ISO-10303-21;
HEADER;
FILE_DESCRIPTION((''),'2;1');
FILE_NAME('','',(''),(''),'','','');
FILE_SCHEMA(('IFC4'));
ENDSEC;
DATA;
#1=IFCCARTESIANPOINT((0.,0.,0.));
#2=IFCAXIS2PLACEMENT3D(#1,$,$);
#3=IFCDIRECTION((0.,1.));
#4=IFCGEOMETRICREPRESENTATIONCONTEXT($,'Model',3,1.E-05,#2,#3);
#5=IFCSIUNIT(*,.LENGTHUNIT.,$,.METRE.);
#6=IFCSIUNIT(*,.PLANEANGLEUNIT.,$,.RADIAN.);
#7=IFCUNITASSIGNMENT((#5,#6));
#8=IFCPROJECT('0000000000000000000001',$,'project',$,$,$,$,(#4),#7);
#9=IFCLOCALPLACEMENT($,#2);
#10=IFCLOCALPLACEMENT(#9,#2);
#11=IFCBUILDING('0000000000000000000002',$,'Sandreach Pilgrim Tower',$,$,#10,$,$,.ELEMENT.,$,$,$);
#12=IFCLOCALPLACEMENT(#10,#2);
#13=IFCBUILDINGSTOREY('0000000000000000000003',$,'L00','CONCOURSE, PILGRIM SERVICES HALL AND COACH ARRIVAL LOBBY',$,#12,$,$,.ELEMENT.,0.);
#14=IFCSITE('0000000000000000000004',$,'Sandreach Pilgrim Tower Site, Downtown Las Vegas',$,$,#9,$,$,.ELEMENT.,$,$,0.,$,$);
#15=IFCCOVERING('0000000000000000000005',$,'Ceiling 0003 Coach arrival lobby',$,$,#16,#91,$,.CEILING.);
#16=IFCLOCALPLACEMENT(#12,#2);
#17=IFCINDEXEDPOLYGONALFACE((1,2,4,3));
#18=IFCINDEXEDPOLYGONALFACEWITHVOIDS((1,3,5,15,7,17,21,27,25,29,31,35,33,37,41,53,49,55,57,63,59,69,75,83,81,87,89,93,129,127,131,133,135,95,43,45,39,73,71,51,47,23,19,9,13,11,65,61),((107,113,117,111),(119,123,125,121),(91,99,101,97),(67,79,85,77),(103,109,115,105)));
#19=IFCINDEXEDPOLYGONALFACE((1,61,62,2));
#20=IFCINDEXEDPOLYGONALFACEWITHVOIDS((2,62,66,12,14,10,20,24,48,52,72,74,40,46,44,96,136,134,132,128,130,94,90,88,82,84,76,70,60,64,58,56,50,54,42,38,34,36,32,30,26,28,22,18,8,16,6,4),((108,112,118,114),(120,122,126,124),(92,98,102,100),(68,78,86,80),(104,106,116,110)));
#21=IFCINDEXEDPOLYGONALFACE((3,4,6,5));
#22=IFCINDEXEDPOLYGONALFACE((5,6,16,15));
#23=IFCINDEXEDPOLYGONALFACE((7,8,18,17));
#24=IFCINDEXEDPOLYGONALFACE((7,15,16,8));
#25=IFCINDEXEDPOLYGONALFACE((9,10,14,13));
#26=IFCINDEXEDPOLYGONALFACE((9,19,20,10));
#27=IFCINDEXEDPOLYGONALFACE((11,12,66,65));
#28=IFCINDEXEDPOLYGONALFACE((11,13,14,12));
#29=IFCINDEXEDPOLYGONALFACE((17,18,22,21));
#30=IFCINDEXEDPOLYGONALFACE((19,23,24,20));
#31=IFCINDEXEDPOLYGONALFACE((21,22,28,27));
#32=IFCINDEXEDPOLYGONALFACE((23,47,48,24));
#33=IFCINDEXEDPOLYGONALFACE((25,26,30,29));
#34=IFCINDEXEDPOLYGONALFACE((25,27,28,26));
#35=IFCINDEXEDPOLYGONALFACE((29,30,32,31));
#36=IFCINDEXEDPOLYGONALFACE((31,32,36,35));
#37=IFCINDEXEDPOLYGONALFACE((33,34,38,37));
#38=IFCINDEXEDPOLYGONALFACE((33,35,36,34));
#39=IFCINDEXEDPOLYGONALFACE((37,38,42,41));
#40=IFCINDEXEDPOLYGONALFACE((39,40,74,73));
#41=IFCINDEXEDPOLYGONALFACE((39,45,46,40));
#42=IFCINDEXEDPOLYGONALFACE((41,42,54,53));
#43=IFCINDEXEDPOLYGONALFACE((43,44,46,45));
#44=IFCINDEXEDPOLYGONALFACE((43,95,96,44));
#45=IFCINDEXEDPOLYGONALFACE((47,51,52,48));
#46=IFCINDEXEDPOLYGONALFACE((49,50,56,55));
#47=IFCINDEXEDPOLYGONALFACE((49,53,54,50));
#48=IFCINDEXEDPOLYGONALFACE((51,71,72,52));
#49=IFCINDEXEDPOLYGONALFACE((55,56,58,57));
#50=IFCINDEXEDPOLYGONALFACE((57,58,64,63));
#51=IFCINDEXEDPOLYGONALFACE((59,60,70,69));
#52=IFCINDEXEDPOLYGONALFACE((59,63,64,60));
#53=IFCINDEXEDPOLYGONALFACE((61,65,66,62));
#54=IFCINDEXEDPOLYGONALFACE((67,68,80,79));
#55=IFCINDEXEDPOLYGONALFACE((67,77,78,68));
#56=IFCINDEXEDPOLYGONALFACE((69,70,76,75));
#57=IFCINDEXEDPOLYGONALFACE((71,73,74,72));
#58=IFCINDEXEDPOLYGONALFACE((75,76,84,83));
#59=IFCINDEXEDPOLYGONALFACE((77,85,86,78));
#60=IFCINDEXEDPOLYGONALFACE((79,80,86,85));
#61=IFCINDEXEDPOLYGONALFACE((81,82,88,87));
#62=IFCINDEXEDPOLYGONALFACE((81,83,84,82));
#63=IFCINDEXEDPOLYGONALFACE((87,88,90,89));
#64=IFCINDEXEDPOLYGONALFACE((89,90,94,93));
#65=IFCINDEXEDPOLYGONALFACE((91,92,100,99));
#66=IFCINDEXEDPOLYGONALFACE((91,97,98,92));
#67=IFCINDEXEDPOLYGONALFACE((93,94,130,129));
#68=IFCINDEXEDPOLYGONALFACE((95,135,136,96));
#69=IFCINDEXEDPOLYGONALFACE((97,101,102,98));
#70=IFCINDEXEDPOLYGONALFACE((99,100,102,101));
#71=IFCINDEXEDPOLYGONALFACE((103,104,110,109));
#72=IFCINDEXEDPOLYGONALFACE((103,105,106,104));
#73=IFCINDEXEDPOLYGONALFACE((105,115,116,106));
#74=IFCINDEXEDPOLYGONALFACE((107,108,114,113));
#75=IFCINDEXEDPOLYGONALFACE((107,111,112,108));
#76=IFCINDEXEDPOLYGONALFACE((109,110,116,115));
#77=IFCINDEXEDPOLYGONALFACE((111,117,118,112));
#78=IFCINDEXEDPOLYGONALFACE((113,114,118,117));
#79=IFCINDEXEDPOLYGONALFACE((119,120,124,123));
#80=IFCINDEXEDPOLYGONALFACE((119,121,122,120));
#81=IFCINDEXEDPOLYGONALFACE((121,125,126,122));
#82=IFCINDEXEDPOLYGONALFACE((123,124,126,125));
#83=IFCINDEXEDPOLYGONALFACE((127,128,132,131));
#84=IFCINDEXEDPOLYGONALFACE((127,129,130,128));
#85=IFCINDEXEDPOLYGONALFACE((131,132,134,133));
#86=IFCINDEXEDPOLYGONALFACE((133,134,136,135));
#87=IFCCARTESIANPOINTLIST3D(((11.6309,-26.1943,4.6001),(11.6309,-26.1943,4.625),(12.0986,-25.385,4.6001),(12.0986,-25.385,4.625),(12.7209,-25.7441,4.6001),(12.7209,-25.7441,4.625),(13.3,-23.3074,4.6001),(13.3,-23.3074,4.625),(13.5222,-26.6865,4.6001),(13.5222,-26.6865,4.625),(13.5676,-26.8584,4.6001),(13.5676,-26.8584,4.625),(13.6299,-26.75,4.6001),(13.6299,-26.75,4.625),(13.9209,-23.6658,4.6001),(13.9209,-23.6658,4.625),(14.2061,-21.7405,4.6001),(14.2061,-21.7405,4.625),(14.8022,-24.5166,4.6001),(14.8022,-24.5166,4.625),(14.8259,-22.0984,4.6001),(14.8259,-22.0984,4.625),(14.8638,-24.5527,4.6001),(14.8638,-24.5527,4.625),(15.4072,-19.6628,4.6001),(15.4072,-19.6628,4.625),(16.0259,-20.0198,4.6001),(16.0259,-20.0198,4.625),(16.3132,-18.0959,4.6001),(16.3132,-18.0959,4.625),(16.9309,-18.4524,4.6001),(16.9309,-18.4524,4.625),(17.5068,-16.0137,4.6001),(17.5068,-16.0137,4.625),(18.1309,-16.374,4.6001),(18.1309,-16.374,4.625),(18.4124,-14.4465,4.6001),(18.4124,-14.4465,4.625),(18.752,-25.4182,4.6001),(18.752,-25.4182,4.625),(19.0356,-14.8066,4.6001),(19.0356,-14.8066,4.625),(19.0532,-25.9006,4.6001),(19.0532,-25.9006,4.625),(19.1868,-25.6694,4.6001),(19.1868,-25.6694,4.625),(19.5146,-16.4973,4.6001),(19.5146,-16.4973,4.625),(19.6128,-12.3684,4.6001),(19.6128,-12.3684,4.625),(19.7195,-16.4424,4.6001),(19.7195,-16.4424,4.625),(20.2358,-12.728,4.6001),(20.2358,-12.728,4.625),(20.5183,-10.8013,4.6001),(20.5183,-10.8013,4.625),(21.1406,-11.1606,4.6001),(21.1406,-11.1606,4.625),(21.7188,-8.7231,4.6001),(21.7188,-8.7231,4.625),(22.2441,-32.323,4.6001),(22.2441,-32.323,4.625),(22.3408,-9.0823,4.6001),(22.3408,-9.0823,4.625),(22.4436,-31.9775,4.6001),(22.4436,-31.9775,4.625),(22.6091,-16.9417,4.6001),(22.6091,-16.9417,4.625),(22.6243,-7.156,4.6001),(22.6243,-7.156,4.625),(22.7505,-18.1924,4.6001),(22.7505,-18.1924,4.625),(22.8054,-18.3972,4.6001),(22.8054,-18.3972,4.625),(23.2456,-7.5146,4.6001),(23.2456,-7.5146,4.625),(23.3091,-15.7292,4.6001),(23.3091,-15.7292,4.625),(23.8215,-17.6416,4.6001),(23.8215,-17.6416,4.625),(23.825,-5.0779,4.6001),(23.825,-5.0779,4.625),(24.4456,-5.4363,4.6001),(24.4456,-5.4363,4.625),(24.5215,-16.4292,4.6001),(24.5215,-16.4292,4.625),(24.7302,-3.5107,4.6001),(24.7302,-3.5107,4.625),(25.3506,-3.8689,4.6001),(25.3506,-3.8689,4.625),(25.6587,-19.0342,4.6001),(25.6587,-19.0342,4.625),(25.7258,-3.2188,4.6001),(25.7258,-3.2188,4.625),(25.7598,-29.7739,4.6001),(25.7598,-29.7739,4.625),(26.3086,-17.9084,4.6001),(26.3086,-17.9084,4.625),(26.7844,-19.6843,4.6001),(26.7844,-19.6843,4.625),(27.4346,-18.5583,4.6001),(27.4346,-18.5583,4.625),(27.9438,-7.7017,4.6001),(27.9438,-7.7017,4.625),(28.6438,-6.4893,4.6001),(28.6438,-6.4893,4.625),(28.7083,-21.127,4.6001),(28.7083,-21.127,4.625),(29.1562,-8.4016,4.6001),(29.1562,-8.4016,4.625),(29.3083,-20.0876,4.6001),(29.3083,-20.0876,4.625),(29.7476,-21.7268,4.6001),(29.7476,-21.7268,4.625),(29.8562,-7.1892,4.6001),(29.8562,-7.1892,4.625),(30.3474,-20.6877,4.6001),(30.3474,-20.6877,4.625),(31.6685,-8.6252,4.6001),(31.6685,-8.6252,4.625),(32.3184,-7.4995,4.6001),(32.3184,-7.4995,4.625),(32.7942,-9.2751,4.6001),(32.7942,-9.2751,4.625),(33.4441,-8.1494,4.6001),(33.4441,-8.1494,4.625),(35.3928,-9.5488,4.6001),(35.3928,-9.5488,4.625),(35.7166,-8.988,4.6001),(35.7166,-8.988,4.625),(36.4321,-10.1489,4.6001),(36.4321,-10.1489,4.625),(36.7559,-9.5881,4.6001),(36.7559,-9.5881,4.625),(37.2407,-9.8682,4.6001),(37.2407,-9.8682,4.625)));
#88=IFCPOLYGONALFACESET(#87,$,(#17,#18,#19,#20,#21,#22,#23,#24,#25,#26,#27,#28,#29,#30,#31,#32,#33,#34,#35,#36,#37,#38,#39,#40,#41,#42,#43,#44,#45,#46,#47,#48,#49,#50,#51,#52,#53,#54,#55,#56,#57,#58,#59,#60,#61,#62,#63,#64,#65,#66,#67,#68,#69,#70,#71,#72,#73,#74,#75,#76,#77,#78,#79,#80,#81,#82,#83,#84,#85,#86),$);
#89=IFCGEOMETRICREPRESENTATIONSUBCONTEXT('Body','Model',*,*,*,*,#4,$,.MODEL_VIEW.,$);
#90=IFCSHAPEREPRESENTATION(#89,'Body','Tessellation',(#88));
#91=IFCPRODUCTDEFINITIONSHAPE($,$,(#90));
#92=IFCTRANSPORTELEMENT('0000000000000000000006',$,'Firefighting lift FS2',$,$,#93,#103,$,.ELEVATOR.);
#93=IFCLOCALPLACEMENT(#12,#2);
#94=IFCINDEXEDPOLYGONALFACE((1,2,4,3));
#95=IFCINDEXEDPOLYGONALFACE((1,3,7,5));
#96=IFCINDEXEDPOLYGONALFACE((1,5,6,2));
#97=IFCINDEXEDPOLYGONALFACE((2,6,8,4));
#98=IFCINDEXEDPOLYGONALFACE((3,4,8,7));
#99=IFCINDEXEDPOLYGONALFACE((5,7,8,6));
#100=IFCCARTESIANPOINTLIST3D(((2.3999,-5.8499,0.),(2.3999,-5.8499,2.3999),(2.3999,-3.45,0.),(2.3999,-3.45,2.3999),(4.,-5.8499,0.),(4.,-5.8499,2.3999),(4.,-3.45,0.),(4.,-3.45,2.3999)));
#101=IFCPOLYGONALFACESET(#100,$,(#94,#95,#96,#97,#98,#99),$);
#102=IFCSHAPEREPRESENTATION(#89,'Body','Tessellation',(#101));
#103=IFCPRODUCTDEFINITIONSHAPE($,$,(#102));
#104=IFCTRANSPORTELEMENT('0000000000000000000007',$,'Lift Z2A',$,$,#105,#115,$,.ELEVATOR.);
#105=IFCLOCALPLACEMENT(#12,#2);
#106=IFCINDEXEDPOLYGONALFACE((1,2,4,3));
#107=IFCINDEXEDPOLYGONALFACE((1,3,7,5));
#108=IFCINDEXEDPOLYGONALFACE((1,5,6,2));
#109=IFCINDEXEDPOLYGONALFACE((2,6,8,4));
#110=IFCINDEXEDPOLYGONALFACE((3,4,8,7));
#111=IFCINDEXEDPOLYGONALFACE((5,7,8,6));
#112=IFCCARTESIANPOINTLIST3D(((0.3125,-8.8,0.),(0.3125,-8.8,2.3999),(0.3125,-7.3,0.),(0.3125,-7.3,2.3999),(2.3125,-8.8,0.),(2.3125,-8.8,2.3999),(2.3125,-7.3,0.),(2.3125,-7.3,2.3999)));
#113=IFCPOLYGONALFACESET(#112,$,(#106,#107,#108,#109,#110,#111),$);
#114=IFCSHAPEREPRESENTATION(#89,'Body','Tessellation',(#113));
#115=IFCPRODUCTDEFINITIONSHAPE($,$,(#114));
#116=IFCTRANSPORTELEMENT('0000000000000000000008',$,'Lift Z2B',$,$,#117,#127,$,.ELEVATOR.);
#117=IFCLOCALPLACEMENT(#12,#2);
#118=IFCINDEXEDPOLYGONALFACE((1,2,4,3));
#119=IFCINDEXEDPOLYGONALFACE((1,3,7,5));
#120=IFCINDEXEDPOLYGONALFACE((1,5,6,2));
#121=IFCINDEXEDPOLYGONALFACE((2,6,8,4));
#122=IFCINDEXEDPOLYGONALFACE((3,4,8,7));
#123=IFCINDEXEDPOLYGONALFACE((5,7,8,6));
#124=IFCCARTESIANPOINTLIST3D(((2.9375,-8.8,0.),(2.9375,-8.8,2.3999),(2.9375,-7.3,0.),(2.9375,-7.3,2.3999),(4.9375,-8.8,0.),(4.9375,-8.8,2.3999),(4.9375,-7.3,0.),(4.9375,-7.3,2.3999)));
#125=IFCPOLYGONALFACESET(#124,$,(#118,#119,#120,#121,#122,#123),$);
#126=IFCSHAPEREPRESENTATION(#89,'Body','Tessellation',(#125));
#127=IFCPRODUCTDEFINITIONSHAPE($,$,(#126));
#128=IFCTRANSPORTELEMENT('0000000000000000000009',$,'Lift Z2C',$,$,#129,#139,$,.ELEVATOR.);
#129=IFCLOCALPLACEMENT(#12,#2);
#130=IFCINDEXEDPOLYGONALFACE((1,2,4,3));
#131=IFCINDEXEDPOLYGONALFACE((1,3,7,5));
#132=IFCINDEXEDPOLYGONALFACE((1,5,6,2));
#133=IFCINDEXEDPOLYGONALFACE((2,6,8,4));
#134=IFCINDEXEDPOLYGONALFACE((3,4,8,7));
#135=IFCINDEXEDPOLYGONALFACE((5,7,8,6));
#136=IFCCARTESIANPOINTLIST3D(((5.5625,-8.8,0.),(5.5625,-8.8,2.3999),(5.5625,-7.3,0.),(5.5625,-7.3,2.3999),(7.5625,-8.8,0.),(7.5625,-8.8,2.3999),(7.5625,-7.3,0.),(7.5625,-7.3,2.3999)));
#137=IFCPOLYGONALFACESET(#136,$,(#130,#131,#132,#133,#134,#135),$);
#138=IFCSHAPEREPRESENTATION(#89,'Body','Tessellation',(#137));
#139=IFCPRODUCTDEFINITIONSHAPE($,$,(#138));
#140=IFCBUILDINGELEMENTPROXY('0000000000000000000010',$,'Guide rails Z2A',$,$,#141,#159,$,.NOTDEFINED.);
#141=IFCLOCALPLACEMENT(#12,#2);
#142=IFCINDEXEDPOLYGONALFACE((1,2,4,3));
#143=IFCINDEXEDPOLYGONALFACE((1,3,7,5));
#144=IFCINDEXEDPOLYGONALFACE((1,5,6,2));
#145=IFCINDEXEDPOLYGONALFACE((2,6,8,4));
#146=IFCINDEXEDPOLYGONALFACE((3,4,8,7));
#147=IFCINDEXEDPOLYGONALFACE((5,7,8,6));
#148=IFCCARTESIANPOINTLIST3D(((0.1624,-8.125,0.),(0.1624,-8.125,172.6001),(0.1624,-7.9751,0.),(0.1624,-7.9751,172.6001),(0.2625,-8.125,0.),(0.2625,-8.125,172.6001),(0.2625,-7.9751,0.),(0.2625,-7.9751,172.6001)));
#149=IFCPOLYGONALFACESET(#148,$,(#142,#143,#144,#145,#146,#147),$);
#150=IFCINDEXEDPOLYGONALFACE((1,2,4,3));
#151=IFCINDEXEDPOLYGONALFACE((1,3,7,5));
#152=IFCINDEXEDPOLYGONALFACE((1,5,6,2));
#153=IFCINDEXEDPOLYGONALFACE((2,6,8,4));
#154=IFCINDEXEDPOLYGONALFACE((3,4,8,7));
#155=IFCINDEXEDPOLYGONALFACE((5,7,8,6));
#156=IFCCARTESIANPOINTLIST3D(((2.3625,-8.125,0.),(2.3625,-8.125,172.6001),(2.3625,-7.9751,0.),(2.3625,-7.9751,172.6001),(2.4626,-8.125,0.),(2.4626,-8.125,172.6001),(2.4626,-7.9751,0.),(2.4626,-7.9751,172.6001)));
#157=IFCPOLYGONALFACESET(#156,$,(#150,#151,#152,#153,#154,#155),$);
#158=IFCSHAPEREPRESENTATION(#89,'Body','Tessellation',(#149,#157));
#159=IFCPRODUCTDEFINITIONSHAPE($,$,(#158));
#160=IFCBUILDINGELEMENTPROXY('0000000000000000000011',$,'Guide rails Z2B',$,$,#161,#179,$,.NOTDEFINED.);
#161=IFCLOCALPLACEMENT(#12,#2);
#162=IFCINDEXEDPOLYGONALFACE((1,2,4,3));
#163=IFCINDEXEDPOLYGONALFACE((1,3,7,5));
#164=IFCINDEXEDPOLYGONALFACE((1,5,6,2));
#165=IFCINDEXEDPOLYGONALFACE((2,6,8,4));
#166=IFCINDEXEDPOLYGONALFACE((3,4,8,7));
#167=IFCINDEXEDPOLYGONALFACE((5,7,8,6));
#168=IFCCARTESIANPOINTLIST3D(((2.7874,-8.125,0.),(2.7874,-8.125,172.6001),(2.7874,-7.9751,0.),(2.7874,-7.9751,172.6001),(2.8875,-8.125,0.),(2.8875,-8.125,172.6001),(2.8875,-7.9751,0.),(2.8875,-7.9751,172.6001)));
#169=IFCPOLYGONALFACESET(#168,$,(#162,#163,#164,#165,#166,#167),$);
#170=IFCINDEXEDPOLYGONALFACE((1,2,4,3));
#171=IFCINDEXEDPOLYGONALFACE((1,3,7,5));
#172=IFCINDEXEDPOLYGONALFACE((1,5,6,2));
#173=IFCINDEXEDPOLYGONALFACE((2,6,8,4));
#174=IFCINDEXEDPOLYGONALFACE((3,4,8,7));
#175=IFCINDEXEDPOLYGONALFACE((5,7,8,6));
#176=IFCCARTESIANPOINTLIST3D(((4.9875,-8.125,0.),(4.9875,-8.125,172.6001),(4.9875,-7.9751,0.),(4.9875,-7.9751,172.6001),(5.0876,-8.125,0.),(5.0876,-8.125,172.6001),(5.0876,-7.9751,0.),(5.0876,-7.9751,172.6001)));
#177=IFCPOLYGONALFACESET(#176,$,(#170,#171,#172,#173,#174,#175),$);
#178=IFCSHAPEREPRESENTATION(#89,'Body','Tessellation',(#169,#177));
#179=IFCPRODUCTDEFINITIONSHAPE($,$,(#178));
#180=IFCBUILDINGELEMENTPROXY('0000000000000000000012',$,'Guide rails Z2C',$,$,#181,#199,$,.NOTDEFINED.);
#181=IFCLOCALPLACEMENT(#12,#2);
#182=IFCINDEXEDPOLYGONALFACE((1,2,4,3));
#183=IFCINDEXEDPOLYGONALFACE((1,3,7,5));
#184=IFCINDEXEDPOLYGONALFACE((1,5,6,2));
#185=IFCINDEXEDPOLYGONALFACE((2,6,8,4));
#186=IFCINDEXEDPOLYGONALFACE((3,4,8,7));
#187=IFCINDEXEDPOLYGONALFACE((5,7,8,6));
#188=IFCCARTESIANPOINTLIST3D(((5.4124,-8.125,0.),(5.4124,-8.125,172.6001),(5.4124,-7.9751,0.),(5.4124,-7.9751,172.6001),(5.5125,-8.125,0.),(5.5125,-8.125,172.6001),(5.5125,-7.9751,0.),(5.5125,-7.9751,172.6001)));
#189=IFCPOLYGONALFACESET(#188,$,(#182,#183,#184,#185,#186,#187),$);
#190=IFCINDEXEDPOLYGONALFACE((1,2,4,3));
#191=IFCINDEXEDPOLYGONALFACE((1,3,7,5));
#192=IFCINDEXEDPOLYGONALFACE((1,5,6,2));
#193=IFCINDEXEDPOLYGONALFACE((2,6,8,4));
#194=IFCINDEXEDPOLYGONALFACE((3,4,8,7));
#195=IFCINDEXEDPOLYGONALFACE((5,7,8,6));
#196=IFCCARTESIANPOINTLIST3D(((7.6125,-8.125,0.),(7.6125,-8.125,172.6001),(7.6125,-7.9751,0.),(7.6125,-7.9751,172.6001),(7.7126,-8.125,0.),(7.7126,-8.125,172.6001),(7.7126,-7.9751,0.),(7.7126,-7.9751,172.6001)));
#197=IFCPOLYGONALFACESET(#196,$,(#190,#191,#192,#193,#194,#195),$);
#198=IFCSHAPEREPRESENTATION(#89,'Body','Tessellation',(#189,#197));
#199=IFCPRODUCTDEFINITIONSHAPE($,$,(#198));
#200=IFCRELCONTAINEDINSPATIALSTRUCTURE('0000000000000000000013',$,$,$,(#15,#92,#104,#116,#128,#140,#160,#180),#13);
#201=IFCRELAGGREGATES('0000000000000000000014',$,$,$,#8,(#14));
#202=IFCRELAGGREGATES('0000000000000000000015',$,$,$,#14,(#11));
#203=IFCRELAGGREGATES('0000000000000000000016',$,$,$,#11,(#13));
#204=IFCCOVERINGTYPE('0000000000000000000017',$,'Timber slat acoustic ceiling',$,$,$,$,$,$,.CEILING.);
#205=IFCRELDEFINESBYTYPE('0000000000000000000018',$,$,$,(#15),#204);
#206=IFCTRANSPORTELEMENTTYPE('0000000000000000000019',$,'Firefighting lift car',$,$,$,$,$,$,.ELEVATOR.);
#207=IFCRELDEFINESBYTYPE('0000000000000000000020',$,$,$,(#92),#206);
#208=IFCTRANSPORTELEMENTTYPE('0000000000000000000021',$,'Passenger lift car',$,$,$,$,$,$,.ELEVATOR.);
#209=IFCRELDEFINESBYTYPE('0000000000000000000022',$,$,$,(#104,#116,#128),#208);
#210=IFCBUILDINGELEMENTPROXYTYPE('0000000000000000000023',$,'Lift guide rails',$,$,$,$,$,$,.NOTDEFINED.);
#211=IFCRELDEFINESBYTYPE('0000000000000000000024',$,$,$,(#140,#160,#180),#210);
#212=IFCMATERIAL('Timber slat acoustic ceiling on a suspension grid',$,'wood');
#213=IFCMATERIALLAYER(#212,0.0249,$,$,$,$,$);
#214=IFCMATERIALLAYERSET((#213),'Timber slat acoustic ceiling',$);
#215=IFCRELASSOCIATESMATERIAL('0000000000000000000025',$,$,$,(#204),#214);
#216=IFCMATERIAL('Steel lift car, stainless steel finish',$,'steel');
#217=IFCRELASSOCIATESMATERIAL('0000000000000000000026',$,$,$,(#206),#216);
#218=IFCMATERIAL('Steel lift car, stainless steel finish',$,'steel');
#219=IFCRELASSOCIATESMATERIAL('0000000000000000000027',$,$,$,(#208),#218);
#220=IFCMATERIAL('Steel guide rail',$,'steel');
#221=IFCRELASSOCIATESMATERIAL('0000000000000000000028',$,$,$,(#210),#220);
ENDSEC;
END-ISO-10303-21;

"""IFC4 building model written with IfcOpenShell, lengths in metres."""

from ifc_helpers import new_model, si_unit, direction, frame, origin, origin_2d, place, context, subcontext, project, spatial, polyline, rectangle, outline, extrude, material, layer, layer_set, type_object, element, save


model = new_model("IFC4")

# Units and contexts
model_context = context("Model", 3, precision=1e-05, world=origin(), true_north=direction((0.0, 1.0)))
body_context = subcontext(model_context, "Body", "Model", "MODEL_VIEW")
ifc_project = project(units=[si_unit("LENGTHUNIT", "METRE"), si_unit("PLANEANGLEUNIT", "RADIAN")], contexts=[model_context])

# Site, building, storey
site_placement = place(None, origin())
site = spatial("IfcSite", under=ifc_project, at=site_placement, Name="Sandreach Pilgrim Tower Site, Downtown Las Vegas", CompositionType="ELEMENT", RefElevation=0.0)
building_placement = place(site_placement, origin())
building = spatial("IfcBuilding", under=site, at=building_placement, Name="Sandreach Pilgrim Tower", CompositionType="ELEMENT")
storey_placement = place(building_placement, origin())
storey = spatial("IfcBuildingStorey", under=building, at=storey_placement, Name="L00", Description="CONCOURSE, PILGRIM SERVICES HALL AND COACH ARRIVAL LOBBY", CompositionType="ELEMENT", Elevation=0.0)

# Covering
ifc_material_1 = material(Name="Timber slat acoustic ceiling on a suspension grid", Category="wood")
ifc_layer_1 = layer(ifc_material_1, 0.0249)
ifc_layer_set_1 = layer_set([ifc_layer_1], Name="Timber slat acoustic ceiling")
covering_type_1 = type_object("IfcCoveringType", Name="Timber slat acoustic ceiling", PredefinedType="CEILING", material=ifc_layer_set_1)
covering_1_placement = place(storey_placement, frame((0.0, 0.0, 4.6001)))
element("IfcCovering", 1, at=covering_1_placement, inside=storey, type_object=covering_type_1, Name="Ceiling 0003 Coach arrival lobby", PredefinedType="CEILING", context=body_context, shape_type="SweptSolid", body=[
    extrude(outline(polyline([(11.6309, -26.1943), (12.0986, -25.385), (12.7209, -25.7441), (13.9209, -23.6658), (13.3, -23.3074), (14.2061, -21.7405), (14.8259, -22.0984), (16.0259, -20.0198), (15.4072, -19.6628), (16.3132, -18.0959), (16.9309, -18.4524), (18.1309, -16.374), (17.5068, -16.0137), (18.4124, -14.4465), (19.0356, -14.8066), (20.2358, -12.728), (19.6128, -12.3684), (20.5183, -10.8013), (21.1406, -11.1606), (22.3408, -9.0823), (21.7188, -8.7231), (22.6243, -7.156), (23.2456, -7.5146), (24.4456, -5.4363), (23.825, -5.0779), (24.7302, -3.5107), (25.3506, -3.8689), (25.7258, -3.2188), (35.7166, -8.988), (35.3928, -9.5488), (36.4321, -10.1489), (36.7559, -9.5881), (37.2407, -9.8682), (25.7598, -29.7739), (19.0532, -25.9006), (19.1868, -25.6694), (18.752, -25.4182), (22.8054, -18.3972), (22.7505, -18.1924), (19.7195, -16.4424), (19.5146, -16.4973), (14.8638, -24.5527), (14.8022, -24.5166), (13.5222, -26.6865), (13.6299, -26.75), (13.5676, -26.8584), (22.4436, -31.9775), (22.2441, -32.323), (11.6309, -26.1943)]), holes=[polyline([(33.4441, -8.1494), (32.3184, -7.4995), (31.6685, -8.6252), (32.7942, -9.2751), (33.4441, -8.1494)]), polyline([(29.7476, -21.7268), (30.3474, -20.6877), (29.3083, -20.0876), (28.7083, -21.127), (29.7476, -21.7268)]), polyline([(29.1562, -8.4016), (29.8562, -7.1892), (28.6438, -6.4893), (27.9438, -7.7017), (29.1562, -8.4016)]), polyline([(26.7844, -19.6843), (27.4346, -18.5583), (26.3086, -17.9084), (25.6587, -19.0342), (26.7844, -19.6843)]), polyline([(24.5215, -16.4292), (23.3091, -15.7292), (22.6091, -16.9417), (23.8215, -17.6416), (24.5215, -16.4292)])]), origin(), (0.0, 0.0, 1.0), 0.0249),
])

# Transport elements
ifc_material_2 = material(Name="Steel lift car, stainless steel finish", Category="steel")
transport_element_type_1 = type_object("IfcTransportElementType", Name="Firefighting lift car", PredefinedType="ELEVATOR", material=ifc_material_2)
transport_element_placement = place(storey_placement, frame((3.2, -4.6499, 0.0), z_axis=(0.0, 0.0, 1.0), x_axis=(1.0, 0.0, 0.0)))
element("IfcTransportElement", 2, at=transport_element_placement, inside=storey, type_object=transport_element_type_1, Name="Firefighting lift FS2", PredefinedType="ELEVATOR", context=body_context, shape_type="SweptSolid", body=[
    extrude(rectangle(XDim=1.6001, YDim=2.3999, at=origin_2d()), origin(), (0.0, 0.0, 1.0), 2.3999),
])
ifc_material_3 = material(Name="Steel lift car, stainless steel finish", Category="steel")
transport_element_type_2 = type_object("IfcTransportElementType", Name="Passenger lift car", PredefinedType="ELEVATOR", material=ifc_material_3)
for number, where, z_axis, x_axis, name in (
    (3, (1.3125, -8.05, 0.0), (0.0, 0.0, 1.0), (1.0, 0.0, 0.0), "Lift Z2A"),
    (4, (3.9375, -8.05, 0.0), (0.0, 0.0, 1.0), (1.0, 0.0, 0.0), "Lift Z2B"),
    (5, (6.5625, -8.05, 0.0), (0.0, 0.0, 1.0), (1.0, 0.0, 0.0), "Lift Z2C"),
):
    element("IfcTransportElement", number, at=place(storey_placement, frame(where, z_axis=z_axis, x_axis=x_axis)), inside=storey, type_object=transport_element_type_2, Name=name, PredefinedType="ELEVATOR", context=body_context, shape_type="SweptSolid", body=[
        extrude(rectangle(XDim=2.0, YDim=1.5, at=origin_2d()), origin(), (0.0, 0.0, 1.0), 2.3999),
    ])

# Building element proxies
ifc_material_4 = material(Name="Steel guide rail", Category="steel")
building_element_proxy_type = type_object("IfcBuildingElementProxyType", Name="Lift guide rails", PredefinedType="NOTDEFINED", material=ifc_material_4)
for number, where, z_axis, x_axis, name in (
    (6, (1.3125, -8.05, 0.0), (0.0, 0.0, 1.0), (1.0, 0.0, 0.0), "Guide rails Z2A"),
    (7, (3.9375, -8.05, 0.0), (0.0, 0.0, 1.0), (1.0, 0.0, 0.0), "Guide rails Z2B"),
    (8, (6.5625, -8.05, 0.0), (0.0, 0.0, 1.0), (1.0, 0.0, 0.0), "Guide rails Z2C"),
):
    element("IfcBuildingElementProxy", number, at=place(storey_placement, frame(where, z_axis=z_axis, x_axis=x_axis)), inside=storey, type_object=building_element_proxy_type, Name=name, PredefinedType="NOTDEFINED", context=body_context, shape_type="SweptSolid", body=[
        extrude(rectangle(XDim=0.1001, YDim=0.1499, at=origin_2d()), frame((-1.1001, 0.0, 0.0)), (0.0, 0.0, 1.0), 172.6001),
        extrude(rectangle(XDim=0.1001, YDim=0.1499, at=origin_2d()), frame((1.1001, 0.0, 0.0)), (0.0, 0.0, 1.0), 172.6001),
    ])

save(model, "model.ifc")
